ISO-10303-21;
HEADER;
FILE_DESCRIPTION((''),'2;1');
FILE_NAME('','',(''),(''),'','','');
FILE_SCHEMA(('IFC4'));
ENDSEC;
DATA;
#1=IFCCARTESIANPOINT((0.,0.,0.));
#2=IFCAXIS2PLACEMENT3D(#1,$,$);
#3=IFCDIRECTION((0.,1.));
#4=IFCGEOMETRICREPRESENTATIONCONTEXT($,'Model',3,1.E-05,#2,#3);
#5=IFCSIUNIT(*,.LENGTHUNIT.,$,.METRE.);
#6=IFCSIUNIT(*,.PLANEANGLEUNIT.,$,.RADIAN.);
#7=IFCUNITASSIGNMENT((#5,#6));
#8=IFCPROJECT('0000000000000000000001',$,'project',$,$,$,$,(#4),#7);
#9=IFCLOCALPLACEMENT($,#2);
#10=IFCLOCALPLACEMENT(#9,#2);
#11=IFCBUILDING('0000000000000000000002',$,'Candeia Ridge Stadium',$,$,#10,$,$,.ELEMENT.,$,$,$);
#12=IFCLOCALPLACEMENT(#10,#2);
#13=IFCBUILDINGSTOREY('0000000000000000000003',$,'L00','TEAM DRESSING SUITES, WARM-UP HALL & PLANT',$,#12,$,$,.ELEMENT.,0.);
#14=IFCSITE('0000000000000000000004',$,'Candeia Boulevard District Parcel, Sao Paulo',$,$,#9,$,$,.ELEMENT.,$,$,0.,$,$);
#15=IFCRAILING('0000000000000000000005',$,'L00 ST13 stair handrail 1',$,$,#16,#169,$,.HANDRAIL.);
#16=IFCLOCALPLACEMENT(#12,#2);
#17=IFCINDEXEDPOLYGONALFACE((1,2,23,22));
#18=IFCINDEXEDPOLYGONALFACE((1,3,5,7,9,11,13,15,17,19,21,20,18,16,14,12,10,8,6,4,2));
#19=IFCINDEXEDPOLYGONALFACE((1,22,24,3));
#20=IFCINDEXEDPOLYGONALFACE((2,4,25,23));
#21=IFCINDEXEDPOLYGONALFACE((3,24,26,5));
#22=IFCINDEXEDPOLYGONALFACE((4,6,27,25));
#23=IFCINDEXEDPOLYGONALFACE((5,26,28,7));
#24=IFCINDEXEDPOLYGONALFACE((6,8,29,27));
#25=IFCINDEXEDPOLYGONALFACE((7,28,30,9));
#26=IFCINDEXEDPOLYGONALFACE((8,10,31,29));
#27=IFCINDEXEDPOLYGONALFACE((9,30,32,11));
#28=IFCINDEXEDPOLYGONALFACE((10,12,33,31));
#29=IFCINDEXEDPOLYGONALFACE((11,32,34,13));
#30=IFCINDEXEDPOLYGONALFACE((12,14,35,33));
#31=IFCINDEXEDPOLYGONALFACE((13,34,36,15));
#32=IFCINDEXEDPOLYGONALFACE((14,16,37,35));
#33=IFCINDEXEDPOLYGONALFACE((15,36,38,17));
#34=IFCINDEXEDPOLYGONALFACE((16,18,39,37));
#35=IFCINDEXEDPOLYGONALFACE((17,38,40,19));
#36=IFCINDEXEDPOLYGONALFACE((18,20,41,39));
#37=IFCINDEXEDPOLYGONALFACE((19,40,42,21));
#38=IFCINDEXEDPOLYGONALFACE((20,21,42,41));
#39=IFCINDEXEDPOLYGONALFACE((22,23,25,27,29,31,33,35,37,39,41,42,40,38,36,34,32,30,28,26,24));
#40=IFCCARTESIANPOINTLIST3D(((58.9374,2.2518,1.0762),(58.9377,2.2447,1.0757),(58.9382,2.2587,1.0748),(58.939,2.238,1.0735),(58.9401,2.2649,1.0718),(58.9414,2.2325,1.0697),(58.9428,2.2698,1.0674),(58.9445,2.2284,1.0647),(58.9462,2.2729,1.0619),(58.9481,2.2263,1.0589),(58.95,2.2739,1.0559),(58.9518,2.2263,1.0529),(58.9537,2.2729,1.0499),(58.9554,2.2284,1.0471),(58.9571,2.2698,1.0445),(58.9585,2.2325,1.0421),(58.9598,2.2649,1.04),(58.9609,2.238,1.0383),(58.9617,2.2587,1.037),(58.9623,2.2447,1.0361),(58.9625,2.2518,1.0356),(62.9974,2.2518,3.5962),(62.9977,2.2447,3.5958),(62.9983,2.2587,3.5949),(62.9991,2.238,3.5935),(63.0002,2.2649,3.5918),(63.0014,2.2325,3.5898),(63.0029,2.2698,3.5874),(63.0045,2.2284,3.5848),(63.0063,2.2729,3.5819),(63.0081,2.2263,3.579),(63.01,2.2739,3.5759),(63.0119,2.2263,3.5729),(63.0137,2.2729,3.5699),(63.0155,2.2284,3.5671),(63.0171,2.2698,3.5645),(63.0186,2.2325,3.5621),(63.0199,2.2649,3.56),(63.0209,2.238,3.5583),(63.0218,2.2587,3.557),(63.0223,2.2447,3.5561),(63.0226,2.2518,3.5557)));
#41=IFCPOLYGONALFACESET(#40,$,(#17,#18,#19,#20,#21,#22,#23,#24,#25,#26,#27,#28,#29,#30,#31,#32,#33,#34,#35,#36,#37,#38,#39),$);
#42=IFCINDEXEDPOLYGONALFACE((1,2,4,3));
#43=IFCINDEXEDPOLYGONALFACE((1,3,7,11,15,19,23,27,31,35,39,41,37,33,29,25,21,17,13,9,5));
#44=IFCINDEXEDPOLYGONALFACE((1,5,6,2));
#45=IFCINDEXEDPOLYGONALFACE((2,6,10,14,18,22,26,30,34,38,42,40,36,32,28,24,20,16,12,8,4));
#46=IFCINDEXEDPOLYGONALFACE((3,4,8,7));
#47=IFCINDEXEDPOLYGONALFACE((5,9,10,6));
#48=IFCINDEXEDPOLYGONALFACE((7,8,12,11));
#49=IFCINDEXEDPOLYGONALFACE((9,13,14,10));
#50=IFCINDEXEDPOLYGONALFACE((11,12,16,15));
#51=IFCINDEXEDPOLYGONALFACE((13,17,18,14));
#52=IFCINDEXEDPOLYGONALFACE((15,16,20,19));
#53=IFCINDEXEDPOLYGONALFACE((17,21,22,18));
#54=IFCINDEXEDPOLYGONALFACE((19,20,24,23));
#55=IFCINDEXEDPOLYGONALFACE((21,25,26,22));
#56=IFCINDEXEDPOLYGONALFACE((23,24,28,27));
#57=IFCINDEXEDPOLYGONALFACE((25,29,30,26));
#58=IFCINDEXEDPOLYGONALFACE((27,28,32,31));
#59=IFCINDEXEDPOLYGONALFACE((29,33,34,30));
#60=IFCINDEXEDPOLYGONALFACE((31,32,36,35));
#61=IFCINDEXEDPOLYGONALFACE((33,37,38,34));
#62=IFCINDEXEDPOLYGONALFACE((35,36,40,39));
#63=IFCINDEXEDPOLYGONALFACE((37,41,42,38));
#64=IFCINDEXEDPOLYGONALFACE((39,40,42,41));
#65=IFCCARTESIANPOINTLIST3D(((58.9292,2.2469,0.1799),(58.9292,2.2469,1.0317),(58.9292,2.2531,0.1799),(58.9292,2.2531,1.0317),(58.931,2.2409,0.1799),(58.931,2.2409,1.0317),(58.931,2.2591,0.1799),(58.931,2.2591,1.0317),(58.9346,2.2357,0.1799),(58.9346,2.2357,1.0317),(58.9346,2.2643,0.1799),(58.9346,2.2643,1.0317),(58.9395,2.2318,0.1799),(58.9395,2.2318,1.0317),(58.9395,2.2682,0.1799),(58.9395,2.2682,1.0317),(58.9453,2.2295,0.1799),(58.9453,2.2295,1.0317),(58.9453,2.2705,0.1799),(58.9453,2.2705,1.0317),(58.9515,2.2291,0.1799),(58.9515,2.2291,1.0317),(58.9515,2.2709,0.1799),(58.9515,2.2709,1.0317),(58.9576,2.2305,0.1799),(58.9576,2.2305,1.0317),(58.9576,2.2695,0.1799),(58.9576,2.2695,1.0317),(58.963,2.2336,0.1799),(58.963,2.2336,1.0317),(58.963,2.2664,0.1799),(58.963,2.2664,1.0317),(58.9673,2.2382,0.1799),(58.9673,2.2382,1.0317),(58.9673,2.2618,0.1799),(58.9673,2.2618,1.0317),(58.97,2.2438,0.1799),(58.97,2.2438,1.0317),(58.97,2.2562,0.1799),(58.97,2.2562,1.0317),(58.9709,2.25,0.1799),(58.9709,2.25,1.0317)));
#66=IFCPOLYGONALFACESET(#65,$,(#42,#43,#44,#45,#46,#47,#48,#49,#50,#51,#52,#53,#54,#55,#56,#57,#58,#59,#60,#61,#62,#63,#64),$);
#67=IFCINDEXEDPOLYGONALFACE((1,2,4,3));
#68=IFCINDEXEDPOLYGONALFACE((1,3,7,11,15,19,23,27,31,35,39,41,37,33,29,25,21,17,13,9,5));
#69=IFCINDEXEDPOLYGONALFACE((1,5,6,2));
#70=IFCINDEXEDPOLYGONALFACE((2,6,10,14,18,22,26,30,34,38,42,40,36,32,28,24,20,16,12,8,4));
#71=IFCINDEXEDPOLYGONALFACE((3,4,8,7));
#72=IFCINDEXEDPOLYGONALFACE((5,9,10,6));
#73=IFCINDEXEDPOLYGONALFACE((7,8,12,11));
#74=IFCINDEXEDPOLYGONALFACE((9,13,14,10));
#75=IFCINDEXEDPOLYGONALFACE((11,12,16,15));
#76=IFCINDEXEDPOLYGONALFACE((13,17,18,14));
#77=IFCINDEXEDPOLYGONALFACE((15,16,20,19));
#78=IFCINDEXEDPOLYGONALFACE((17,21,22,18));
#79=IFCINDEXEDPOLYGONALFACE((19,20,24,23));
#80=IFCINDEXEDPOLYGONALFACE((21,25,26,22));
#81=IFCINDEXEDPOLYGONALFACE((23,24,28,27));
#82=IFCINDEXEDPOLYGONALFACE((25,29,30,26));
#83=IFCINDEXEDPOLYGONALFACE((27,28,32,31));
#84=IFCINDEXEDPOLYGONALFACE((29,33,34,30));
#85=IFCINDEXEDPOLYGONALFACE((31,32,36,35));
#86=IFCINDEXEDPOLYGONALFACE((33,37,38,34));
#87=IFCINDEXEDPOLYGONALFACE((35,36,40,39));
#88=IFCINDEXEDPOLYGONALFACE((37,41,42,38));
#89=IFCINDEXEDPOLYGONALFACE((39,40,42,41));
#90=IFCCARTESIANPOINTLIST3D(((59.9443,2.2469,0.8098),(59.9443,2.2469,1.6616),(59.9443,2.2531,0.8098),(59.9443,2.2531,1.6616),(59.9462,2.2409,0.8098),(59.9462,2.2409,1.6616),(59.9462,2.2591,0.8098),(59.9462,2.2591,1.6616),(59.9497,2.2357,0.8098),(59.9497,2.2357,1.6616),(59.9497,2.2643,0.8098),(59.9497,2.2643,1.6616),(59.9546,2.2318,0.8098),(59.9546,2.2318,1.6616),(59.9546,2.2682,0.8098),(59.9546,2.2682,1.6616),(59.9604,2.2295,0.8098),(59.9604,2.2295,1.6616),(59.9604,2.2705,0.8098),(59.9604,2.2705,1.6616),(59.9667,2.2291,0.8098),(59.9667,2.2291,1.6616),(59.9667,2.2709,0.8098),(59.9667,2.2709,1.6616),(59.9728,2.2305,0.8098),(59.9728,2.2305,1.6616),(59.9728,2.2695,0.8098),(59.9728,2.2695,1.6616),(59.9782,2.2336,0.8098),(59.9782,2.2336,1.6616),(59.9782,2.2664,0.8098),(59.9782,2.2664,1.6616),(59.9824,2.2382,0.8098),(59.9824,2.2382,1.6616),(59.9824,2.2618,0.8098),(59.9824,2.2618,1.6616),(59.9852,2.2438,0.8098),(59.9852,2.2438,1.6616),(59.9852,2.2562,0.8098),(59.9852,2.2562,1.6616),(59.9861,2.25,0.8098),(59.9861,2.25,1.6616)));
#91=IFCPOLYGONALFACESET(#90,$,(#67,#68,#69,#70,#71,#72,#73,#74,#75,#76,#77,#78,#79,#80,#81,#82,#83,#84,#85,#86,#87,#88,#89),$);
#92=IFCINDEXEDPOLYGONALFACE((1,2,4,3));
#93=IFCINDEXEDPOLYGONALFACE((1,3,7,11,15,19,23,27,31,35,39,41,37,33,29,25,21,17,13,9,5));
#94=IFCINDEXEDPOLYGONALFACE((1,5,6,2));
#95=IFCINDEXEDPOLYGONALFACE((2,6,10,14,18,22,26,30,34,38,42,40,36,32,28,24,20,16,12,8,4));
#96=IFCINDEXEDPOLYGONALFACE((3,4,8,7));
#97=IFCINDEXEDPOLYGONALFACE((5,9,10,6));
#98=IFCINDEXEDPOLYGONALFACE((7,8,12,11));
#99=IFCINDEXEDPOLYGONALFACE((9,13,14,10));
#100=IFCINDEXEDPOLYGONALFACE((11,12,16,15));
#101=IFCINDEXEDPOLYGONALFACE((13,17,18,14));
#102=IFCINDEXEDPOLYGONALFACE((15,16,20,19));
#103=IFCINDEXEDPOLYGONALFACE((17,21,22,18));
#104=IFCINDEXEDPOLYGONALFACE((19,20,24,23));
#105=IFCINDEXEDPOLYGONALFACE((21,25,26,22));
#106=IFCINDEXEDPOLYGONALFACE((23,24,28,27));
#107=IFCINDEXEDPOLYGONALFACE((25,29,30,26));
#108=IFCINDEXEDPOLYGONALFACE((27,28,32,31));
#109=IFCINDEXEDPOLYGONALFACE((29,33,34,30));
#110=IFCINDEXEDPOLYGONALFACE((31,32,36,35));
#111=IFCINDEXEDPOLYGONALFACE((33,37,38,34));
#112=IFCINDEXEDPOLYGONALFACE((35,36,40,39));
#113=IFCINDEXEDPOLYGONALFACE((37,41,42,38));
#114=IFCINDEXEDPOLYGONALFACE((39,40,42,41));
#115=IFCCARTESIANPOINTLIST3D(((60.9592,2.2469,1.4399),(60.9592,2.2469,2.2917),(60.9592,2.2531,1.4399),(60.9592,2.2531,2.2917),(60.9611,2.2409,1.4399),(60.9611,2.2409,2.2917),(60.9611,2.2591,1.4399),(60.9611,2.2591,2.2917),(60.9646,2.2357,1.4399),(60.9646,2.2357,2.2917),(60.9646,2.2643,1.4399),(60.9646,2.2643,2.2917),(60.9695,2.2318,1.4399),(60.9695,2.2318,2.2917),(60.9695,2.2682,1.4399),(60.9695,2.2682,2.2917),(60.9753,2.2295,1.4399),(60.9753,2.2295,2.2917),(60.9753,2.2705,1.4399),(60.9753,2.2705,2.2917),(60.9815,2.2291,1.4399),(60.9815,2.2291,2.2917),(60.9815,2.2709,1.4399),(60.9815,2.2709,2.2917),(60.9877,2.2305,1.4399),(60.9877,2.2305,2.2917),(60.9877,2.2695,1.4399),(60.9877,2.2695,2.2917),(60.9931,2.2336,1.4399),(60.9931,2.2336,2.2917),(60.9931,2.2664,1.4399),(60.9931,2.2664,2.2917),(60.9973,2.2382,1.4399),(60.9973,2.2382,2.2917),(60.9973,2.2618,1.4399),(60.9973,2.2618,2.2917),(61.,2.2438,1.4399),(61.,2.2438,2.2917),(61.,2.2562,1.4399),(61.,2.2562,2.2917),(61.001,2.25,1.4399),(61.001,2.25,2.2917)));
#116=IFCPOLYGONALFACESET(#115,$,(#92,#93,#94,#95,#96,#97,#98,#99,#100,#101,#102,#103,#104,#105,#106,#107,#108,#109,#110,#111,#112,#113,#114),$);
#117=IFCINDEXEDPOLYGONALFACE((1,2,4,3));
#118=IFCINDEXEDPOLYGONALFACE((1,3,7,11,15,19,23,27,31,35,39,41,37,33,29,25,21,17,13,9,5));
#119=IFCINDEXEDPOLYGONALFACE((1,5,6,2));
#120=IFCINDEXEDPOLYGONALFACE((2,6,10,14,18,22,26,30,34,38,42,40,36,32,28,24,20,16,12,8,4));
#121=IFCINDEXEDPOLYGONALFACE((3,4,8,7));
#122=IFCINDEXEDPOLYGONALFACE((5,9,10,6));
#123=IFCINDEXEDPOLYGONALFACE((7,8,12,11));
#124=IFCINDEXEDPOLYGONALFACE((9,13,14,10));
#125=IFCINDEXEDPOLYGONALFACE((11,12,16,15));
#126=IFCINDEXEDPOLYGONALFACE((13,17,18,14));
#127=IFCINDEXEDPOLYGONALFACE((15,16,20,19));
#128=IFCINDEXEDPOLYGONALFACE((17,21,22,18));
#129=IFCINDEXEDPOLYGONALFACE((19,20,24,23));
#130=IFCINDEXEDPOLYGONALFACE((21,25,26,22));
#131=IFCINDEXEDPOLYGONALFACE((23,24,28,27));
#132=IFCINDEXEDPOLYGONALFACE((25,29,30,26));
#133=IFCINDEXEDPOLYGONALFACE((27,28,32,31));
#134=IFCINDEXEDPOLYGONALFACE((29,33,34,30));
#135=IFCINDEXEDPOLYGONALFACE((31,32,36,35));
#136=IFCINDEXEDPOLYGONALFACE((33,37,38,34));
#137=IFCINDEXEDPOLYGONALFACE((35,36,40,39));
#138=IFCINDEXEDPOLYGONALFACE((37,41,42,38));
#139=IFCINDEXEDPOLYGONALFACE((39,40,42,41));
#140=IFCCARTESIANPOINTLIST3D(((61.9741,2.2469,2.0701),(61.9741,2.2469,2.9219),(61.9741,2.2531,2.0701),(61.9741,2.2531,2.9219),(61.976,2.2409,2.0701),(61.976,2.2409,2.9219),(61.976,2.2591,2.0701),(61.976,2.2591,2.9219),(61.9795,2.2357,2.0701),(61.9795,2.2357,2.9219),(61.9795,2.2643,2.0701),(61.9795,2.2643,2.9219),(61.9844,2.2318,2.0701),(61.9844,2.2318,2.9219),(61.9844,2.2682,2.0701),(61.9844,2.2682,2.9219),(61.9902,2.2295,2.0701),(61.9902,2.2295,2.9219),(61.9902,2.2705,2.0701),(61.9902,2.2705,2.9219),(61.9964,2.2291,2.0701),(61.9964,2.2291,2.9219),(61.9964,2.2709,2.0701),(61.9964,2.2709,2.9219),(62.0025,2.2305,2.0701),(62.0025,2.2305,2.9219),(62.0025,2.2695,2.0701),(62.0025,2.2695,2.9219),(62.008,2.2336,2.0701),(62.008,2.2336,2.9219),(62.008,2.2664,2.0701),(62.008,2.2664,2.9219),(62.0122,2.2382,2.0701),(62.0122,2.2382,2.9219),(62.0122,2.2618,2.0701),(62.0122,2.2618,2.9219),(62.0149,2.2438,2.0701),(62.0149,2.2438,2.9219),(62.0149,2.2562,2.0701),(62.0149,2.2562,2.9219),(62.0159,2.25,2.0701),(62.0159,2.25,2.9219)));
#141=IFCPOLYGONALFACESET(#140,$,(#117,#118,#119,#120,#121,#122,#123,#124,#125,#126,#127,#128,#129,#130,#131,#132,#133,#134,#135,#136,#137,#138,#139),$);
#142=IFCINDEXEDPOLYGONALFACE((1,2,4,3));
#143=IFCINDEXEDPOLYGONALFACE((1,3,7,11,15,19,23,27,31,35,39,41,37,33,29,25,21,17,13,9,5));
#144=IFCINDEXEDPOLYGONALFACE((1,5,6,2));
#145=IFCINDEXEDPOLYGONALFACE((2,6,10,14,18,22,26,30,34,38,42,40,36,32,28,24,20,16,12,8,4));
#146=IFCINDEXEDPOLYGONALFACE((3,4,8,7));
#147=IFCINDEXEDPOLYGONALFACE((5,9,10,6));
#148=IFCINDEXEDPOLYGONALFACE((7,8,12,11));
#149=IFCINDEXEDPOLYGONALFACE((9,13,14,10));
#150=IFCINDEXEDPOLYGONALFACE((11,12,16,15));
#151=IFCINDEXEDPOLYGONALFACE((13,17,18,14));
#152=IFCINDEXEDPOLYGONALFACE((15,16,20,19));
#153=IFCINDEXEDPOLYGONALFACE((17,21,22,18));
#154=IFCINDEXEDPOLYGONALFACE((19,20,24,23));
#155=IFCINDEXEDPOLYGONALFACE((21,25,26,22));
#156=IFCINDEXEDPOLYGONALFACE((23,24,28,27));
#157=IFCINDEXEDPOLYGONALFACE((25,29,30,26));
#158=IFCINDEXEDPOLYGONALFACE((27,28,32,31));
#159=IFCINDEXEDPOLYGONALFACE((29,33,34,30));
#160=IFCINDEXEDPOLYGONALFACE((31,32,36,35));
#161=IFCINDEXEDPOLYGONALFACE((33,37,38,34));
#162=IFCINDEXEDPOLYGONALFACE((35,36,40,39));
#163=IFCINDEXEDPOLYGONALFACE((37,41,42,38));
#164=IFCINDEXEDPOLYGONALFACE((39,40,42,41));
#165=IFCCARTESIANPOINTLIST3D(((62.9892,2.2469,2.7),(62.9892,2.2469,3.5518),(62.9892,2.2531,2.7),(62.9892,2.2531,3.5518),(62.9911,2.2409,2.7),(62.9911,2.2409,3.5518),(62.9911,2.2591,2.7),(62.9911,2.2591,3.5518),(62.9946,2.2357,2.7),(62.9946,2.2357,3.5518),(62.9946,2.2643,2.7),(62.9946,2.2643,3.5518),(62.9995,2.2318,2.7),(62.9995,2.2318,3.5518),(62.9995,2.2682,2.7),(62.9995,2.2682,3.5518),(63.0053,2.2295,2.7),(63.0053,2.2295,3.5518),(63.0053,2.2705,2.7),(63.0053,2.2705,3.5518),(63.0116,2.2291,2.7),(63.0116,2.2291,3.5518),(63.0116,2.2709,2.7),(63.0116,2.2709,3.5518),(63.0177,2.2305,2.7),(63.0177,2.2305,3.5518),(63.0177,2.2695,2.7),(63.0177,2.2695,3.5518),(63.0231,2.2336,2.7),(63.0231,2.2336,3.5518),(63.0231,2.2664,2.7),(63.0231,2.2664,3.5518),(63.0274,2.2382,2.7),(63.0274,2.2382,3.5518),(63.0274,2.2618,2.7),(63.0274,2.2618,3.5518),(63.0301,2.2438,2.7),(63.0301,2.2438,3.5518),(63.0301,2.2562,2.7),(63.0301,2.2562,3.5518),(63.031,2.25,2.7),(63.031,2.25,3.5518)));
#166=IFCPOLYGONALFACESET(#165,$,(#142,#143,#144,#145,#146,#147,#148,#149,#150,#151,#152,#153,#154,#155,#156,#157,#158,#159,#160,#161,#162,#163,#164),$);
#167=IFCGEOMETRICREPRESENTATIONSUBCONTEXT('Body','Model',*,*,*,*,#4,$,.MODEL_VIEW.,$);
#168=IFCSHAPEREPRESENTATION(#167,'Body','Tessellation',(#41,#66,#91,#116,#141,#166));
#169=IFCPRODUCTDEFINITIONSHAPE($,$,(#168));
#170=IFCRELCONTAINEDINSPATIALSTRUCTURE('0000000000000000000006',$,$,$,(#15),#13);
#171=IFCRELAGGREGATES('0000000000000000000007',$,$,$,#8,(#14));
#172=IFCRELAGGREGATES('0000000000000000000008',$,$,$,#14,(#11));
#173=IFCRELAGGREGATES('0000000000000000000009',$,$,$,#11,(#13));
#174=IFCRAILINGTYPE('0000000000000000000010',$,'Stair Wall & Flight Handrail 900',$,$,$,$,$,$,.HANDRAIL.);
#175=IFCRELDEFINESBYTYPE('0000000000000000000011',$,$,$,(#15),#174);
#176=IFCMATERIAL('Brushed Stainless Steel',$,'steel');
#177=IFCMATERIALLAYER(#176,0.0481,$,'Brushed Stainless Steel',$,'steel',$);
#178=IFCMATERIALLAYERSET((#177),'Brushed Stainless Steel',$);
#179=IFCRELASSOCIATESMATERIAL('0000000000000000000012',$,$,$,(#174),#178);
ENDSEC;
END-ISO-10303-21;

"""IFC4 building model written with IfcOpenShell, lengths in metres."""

from ifc_helpers import new_model, si_unit, direction, frame, origin, origin_2d, place, context, subcontext, project, spatial, circle, extrude, material, layer, layer_set, type_object, element, save


model = new_model("IFC4")

# Units and contexts
model_context = context("Model", 3, precision=1e-05, world=origin(), true_north=direction((0.0, 1.0)))
body_context = subcontext(model_context, "Body", "Model", "MODEL_VIEW")
ifc_project = project(units=[si_unit("LENGTHUNIT", "METRE"), si_unit("PLANEANGLEUNIT", "RADIAN")], contexts=[model_context])

# Site, building, storey
site_placement = place(None, origin())
site = spatial("IfcSite", under=ifc_project, at=site_placement, Name="Candeia Boulevard District Parcel, Sao Paulo", CompositionType="ELEMENT", RefElevation=0.0)
building_placement = place(site_placement, origin())
building = spatial("IfcBuilding", under=site, at=building_placement, Name="Candeia Ridge Stadium", CompositionType="ELEMENT")
storey_placement = place(building_placement, origin())
storey = spatial("IfcBuildingStorey", under=building, at=storey_placement, Name="L00", Description="TEAM DRESSING SUITES, WARM-UP HALL & PLANT", CompositionType="ELEMENT", Elevation=0.0)

# Railing
ifc_material_1 = material(Name="Brushed Stainless Steel", Category="steel")
ifc_layer_1 = layer(ifc_material_1, 0.0481, Name="Brushed Stainless Steel", Category="steel")
ifc_layer_set_1 = layer_set([ifc_layer_1], Name="Brushed Stainless Steel")
railing_type_1 = type_object("IfcRailingType", Name="Stair Wall & Flight Handrail 900", PredefinedType="HANDRAIL", material=ifc_layer_set_1)
railing_1_placement = place(storey_placement, frame((58.95, 2.25, 0.1799)))
element("IfcRailing", 1, at=railing_1_placement, inside=storey, type_object=railing_type_1, Name="L00 ST13 stair handrail 1", PredefinedType="HANDRAIL", context=body_context, shape_type="SweptSolid", body=[
    extrude(circle(Radius=0.0239, at=origin_2d()), frame((0.0, 0.0, 0.876), z_axis=(0.849642, 0.0, 0.52736), x_axis=(0.0, 1.0, 0.0)), (0.0, 0.0, 1.0), 4.7786),
    extrude(circle(Radius=0.021, at=origin_2d()), origin(), (0.0, 0.0, 1.0), 0.8518),
    extrude(circle(Radius=0.021, at=origin_2d()), frame((1.0151, 0.0, 0.6299)), (0.0, 0.0, 1.0), 0.8518),
    extrude(circle(Radius=0.021, at=origin_2d()), frame((2.03, 0.0, 1.26)), (0.0, 0.0, 1.0), 0.8518),
    extrude(circle(Radius=0.021, at=origin_2d()), frame((3.0449, 0.0, 1.8901)), (0.0, 0.0, 1.0), 0.8518),
    extrude(circle(Radius=0.021, at=origin_2d()), frame((4.0601, 0.0, 2.52)), (0.0, 0.0, 1.0), 0.8518),
])

save(model, "model.ifc")
